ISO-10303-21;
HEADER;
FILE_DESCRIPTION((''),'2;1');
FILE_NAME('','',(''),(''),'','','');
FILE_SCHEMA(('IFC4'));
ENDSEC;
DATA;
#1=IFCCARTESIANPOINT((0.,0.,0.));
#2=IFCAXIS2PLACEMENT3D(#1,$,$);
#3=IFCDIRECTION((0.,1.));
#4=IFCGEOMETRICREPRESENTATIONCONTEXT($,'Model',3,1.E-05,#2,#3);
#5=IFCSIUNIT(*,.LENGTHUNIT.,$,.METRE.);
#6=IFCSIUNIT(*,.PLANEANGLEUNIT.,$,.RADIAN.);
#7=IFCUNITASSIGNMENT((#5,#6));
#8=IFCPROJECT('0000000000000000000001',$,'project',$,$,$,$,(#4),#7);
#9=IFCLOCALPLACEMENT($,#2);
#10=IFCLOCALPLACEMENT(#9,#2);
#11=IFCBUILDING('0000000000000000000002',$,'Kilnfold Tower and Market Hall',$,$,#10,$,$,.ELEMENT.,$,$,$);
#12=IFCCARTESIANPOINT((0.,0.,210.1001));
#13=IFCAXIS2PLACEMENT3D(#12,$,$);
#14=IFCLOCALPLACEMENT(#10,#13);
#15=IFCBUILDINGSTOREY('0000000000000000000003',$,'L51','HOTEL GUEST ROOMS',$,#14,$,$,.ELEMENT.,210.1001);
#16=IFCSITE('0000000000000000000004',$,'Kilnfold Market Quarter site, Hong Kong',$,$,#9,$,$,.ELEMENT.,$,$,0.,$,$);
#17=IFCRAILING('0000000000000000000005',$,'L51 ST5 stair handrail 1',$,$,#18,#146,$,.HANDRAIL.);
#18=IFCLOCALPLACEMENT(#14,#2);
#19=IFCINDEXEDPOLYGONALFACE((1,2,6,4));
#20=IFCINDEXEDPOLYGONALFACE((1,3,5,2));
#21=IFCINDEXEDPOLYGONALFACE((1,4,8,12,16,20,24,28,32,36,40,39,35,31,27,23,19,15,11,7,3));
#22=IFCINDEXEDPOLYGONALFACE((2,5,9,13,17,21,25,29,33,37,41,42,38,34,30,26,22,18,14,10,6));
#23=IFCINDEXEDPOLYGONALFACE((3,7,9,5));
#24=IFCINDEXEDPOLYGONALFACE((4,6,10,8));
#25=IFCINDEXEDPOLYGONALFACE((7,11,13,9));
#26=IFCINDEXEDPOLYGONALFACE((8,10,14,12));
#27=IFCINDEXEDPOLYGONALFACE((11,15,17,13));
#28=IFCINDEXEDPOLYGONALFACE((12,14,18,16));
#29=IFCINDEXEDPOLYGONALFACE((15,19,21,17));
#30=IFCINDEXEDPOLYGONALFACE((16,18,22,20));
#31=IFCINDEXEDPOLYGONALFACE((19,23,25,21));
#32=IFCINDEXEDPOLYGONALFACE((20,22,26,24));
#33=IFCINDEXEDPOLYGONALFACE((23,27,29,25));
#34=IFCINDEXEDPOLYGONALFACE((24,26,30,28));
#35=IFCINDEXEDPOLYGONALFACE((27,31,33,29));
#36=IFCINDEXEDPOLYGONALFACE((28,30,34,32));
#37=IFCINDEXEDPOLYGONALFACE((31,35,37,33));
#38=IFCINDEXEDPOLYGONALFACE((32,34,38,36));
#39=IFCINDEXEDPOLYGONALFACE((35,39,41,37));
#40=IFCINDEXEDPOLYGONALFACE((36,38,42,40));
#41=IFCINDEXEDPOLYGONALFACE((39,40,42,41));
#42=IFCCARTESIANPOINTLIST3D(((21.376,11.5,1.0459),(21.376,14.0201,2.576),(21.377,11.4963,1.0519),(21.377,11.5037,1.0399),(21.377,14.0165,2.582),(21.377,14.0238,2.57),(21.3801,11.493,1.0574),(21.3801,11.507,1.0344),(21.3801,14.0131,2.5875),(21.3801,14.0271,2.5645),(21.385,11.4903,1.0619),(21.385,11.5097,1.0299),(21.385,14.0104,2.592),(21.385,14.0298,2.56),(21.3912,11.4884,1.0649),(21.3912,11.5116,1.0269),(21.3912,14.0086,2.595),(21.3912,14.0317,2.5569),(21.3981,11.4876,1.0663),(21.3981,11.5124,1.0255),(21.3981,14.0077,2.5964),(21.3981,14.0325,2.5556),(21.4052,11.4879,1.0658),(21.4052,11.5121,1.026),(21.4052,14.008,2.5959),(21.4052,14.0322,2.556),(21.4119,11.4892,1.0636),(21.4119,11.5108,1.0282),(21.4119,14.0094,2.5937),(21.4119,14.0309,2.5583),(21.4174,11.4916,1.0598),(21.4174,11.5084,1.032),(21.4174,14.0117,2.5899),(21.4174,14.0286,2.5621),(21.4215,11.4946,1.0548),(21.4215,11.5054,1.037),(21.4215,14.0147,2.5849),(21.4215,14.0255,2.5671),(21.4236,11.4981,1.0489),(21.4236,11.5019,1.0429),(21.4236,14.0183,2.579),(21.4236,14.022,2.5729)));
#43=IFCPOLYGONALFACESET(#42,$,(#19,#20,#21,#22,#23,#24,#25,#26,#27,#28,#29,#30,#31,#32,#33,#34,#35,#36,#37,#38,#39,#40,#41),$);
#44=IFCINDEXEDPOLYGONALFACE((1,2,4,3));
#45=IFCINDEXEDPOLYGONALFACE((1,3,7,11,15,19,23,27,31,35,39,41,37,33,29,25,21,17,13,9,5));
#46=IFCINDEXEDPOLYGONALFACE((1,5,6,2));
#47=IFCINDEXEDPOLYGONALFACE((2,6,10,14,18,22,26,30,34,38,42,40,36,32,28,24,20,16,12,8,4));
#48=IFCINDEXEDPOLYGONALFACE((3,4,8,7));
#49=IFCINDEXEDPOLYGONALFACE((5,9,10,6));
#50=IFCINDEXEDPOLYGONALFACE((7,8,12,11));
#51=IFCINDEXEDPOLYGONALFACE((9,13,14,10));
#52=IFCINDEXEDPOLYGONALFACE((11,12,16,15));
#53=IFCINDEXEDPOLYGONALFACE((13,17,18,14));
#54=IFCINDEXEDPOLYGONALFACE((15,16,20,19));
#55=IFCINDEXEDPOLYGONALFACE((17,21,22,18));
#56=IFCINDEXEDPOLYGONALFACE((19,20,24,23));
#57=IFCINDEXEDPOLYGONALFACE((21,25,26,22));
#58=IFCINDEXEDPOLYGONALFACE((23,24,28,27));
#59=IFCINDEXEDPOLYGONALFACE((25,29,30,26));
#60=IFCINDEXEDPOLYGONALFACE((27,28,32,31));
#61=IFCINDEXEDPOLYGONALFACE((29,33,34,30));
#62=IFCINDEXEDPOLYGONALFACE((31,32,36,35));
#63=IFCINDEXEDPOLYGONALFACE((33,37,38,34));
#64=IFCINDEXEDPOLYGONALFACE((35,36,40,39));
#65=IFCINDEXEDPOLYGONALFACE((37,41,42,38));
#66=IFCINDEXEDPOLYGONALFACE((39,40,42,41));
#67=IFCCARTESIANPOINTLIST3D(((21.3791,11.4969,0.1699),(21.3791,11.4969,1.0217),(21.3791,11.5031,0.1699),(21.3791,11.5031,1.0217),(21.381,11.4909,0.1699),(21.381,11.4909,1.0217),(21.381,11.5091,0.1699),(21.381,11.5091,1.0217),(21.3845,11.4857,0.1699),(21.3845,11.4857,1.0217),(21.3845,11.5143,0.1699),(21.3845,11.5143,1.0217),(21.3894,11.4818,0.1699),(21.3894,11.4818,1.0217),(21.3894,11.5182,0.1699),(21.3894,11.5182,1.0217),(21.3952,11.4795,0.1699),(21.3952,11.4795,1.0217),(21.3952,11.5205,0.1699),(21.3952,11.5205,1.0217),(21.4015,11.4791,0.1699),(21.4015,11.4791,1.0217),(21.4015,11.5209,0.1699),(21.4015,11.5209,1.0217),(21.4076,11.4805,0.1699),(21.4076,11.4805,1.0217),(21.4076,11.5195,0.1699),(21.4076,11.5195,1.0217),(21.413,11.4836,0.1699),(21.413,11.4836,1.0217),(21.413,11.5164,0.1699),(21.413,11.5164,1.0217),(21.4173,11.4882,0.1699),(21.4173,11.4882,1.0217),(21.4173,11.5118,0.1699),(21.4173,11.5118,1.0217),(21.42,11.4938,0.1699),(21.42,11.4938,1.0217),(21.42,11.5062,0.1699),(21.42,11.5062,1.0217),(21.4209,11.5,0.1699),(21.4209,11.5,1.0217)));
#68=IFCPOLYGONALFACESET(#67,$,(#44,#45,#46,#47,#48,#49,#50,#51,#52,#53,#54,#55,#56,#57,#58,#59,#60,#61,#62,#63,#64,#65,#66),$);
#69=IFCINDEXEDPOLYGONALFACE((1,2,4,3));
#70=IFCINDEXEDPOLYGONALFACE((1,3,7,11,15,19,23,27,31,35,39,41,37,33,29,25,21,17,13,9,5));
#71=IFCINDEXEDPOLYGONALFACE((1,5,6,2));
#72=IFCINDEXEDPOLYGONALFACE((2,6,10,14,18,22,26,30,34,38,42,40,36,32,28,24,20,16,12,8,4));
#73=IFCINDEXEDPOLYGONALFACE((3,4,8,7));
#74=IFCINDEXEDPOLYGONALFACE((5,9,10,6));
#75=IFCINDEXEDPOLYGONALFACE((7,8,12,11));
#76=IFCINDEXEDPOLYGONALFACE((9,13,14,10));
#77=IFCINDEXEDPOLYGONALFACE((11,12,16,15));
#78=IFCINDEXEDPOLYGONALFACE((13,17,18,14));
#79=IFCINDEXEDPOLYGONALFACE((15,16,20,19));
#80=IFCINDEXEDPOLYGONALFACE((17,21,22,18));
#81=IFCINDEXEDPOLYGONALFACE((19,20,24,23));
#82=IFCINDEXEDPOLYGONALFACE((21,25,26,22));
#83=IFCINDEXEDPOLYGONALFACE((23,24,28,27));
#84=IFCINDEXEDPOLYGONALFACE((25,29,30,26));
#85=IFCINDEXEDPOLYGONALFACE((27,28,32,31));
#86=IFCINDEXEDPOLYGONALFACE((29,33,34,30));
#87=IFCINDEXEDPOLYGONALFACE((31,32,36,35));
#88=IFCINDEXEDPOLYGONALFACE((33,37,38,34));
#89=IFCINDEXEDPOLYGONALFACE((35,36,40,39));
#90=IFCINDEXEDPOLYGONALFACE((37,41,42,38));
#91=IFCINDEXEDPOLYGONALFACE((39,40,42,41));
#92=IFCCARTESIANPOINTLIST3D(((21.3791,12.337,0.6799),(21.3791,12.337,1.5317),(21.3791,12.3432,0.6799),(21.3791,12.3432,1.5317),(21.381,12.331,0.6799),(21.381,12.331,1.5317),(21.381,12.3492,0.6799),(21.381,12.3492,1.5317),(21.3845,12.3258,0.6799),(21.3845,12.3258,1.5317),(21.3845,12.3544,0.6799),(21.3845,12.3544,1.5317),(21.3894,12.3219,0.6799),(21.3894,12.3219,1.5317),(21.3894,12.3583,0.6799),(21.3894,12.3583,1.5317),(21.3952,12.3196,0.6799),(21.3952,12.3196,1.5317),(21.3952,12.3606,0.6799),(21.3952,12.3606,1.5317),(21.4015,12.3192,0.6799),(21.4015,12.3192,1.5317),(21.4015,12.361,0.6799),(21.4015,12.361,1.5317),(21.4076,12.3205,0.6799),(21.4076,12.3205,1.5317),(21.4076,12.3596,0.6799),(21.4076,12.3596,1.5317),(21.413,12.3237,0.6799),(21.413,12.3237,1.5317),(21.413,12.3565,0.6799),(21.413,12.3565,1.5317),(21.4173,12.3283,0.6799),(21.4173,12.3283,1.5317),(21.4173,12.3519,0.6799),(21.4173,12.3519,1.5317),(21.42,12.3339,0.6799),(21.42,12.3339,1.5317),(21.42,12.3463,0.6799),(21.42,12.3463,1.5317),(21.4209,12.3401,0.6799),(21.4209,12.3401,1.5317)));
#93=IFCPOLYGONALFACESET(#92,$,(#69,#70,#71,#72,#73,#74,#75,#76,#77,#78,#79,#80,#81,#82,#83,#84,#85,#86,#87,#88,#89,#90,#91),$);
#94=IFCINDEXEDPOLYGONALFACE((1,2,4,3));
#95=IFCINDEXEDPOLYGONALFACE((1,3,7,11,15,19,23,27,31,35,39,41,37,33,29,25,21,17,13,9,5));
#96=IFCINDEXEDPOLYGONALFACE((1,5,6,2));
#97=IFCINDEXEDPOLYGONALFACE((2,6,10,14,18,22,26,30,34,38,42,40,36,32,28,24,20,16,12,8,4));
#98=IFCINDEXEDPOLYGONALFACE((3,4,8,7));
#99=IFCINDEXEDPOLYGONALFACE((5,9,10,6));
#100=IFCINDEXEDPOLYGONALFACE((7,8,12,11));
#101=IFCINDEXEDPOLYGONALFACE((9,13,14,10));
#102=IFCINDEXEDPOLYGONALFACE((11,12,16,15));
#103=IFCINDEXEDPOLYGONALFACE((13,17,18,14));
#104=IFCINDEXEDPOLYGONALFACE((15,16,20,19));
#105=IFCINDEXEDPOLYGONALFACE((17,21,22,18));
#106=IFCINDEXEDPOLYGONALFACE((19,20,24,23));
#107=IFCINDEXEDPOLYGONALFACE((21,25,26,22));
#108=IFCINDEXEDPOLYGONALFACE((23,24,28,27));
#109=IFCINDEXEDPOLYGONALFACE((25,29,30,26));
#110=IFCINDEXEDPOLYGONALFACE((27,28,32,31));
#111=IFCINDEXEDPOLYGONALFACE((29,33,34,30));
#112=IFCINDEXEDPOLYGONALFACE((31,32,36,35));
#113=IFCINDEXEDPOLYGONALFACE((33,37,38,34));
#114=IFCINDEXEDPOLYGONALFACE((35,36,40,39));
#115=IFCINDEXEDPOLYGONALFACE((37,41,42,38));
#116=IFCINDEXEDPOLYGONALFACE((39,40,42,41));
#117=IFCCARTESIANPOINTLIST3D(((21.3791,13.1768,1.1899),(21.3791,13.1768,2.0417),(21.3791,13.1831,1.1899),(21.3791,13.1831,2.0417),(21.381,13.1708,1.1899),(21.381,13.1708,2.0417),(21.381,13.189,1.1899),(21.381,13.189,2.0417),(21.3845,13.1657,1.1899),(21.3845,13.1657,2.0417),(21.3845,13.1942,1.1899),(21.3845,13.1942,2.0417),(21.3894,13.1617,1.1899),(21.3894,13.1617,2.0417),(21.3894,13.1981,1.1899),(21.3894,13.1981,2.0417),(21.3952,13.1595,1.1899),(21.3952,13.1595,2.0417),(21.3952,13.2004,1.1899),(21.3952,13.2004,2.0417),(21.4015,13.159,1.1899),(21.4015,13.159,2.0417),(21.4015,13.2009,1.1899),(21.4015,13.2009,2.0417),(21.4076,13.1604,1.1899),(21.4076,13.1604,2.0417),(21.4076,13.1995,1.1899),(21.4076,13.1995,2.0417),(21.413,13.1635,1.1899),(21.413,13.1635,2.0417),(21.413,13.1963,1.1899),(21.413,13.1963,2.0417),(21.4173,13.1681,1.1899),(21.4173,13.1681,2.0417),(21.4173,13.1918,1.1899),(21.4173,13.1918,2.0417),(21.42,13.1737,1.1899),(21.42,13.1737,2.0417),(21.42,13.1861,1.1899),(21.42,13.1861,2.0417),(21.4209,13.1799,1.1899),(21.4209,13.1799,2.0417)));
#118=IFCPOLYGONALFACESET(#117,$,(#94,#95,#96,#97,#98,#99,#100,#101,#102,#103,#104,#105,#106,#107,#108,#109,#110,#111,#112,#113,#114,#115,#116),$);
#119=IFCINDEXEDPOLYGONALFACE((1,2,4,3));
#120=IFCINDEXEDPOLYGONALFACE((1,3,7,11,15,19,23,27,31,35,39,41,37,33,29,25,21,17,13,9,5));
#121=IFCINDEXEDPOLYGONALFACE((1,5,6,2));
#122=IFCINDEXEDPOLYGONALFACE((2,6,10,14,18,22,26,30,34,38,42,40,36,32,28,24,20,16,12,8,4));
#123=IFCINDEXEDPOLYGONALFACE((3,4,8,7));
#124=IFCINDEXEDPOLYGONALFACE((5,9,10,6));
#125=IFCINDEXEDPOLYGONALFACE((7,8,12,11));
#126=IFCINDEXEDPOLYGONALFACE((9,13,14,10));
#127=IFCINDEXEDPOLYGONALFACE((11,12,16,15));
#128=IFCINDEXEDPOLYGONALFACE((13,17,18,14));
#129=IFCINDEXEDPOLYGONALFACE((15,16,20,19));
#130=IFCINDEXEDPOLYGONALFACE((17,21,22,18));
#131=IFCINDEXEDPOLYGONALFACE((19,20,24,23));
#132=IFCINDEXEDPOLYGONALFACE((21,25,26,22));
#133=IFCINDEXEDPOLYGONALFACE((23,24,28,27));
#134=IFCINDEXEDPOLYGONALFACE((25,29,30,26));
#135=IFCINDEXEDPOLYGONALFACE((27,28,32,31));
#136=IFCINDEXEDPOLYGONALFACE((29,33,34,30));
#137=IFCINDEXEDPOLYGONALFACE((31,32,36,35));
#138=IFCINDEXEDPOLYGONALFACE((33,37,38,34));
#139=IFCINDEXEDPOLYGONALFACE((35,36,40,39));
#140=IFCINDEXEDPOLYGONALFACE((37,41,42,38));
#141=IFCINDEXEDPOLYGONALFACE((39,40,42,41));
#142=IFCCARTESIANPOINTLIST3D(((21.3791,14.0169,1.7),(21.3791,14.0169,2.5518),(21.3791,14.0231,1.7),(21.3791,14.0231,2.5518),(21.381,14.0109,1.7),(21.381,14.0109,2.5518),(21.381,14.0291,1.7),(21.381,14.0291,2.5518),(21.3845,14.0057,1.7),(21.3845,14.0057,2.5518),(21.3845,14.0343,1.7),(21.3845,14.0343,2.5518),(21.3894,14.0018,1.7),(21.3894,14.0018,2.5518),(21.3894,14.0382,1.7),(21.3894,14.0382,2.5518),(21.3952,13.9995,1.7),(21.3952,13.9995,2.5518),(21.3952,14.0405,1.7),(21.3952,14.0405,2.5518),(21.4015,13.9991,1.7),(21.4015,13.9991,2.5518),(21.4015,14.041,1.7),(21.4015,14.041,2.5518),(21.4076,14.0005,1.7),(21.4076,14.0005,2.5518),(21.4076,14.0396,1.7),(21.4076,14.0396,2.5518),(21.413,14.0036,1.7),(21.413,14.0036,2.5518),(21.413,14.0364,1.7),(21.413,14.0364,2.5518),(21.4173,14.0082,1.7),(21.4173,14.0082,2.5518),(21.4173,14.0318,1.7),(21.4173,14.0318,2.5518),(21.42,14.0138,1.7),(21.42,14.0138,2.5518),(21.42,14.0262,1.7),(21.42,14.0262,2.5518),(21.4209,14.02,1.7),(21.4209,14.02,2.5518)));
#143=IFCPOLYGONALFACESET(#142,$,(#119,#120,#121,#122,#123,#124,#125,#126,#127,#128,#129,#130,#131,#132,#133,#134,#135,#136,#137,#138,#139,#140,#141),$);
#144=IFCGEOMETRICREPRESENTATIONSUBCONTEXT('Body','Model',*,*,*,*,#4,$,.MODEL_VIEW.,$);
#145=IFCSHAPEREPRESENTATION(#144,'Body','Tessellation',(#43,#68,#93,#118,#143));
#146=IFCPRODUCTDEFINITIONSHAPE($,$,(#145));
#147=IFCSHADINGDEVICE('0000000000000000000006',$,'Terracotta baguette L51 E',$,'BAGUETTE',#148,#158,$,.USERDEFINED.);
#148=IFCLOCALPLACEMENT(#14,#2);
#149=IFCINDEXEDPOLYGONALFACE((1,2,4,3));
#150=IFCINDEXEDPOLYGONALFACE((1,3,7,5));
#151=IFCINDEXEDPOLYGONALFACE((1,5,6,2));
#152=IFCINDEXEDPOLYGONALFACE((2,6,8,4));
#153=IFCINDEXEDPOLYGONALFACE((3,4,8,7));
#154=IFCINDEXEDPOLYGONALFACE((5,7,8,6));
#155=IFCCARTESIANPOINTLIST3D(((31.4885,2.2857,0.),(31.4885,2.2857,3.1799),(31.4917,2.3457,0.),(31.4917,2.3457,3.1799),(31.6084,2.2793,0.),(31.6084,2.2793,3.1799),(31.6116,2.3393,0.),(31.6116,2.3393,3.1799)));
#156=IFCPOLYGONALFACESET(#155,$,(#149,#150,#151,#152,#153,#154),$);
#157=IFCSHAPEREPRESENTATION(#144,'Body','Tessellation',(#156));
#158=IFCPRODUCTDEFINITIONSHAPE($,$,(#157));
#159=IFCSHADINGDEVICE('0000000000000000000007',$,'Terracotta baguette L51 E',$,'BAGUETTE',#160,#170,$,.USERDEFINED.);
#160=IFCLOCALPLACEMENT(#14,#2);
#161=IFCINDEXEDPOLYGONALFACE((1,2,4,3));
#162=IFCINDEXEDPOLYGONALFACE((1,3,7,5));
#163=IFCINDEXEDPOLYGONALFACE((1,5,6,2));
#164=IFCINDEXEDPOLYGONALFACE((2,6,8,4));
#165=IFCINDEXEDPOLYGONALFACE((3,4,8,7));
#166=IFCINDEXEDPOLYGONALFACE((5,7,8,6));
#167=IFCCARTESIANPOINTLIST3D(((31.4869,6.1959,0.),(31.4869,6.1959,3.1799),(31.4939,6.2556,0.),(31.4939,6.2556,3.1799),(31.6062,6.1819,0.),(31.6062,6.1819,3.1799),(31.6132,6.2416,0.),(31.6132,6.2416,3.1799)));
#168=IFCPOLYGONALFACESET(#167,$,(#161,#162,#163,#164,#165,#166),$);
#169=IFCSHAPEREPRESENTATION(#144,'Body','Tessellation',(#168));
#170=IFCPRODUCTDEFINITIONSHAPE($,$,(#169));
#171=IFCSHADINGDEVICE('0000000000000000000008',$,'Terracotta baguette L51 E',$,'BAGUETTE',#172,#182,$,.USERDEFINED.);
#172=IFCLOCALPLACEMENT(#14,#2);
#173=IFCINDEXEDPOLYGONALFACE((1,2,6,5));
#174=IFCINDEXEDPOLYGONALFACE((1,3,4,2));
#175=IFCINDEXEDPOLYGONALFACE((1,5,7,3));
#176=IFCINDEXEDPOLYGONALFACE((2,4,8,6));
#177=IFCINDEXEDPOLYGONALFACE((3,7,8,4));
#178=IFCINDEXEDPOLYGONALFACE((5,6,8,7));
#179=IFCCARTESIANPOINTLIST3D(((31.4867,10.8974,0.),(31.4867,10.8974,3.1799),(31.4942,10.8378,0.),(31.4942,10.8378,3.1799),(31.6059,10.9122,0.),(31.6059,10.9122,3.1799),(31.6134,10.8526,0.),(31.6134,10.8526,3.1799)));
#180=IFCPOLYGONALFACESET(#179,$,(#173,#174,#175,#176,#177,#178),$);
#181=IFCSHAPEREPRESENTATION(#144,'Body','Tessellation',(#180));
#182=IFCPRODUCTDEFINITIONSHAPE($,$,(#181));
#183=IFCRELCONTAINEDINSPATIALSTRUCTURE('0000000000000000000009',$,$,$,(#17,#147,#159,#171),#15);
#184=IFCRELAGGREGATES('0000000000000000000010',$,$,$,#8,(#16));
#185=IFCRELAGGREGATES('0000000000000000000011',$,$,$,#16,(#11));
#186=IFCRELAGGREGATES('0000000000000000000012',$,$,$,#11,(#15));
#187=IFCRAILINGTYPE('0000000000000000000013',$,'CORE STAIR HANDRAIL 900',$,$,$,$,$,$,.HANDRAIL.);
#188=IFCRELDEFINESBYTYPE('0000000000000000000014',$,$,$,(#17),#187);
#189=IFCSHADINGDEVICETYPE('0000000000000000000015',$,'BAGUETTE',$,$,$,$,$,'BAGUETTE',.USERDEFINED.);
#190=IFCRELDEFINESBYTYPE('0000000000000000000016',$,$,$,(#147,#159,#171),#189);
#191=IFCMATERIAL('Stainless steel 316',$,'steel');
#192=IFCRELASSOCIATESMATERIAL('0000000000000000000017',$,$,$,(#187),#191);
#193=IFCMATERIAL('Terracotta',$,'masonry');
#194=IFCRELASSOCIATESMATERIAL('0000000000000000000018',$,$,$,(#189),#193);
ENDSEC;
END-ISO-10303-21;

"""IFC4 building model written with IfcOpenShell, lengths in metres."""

from ifc_helpers import new_model, si_unit, direction, frame, origin, origin_2d, place, context, subcontext, project, spatial, rectangle, circle, extrude, source, transform, mapped, material, material_profile, profile_set, type_object, element, save


model = new_model("IFC4")

# Units and contexts
model_context = context("Model", 3, precision=1e-05, world=origin(), true_north=direction((0.0, 1.0)))
body_context = subcontext(model_context, "Body", "Model", "MODEL_VIEW")
ifc_project = project(units=[si_unit("LENGTHUNIT", "METRE"), si_unit("PLANEANGLEUNIT", "RADIAN")], contexts=[model_context])

# Site, building, storey
site_placement = place(None, origin())
site = spatial("IfcSite", under=ifc_project, at=site_placement, Name="Kilnfold Market Quarter site, Hong Kong", CompositionType="ELEMENT", RefElevation=0.0)
building_placement = place(site_placement, origin())
building = spatial("IfcBuilding", under=site, at=building_placement, Name="Kilnfold Tower and Market Hall", CompositionType="ELEMENT")
storey_placement = place(building_placement, frame((0.0, 0.0, 210.1001)))
storey = spatial("IfcBuildingStorey", under=building, at=storey_placement, Name="L51", Description="HOTEL GUEST ROOMS", CompositionType="ELEMENT", Elevation=210.1001)

# Railing
ifc_material_1 = material(Name="Stainless steel 316", Category="steel")
railing_type_1 = type_object("IfcRailingType", Name="CORE STAIR HANDRAIL 900", PredefinedType="HANDRAIL", material=ifc_material_1)
railing_1_placement = place(storey_placement, frame((21.3999, 11.5, 0.1699)))
element("IfcRailing", 1, at=railing_1_placement, inside=storey, type_object=railing_type_1, Name="L51 ST5 stair handrail 1", PredefinedType="HANDRAIL", context=body_context, shape_type="SweptSolid", body=[
    extrude(circle(Radius=0.0239, at=origin_2d()), frame((0.0, 0.0, 0.876), z_axis=(0.0, 0.854785, 0.518982), x_axis=(-1.0, 0.0, 0.0)), (0.0, 0.0, 1.0), 2.9482),
    extrude(circle(Radius=0.021, at=origin_2d()), origin(), (0.0, 0.0, 1.0), 0.8518),
    extrude(circle(Radius=0.021, at=origin_2d()), frame((0.0, 0.8401, 0.51)), (0.0, 0.0, 1.0), 0.8518),
    extrude(circle(Radius=0.021, at=origin_2d()), frame((0.0, 1.6799, 1.02)), (0.0, 0.0, 1.0), 0.8518),
    extrude(circle(Radius=0.021, at=origin_2d()), frame((0.0, 2.52, 1.53)), (0.0, 0.0, 1.0), 0.8518),
])

# Shading devices
ifc_material_2 = material(Name="Terracotta", Category="masonry")
ifc_material_profile_1 = material_profile(ifc_material_2, rectangle(XDim=0.0601, YDim=0.1201, at=origin_2d()), Name="BAG 60x120")
ifc_profile_set_1 = profile_set([ifc_material_profile_1], Name="Terracotta")
shading_device_type = type_object("IfcShadingDeviceType", Name="BAGUETTE", ElementType="BAGUETTE", PredefinedType="USERDEFINED", material=ifc_profile_set_1)
shared_shape_1 = source(origin(), body_context, "Body", "SweptSolid", [
    extrude(rectangle(XDim=0.0601, YDim=0.1201, at=origin_2d()), origin(), (0.0, 0.0, 1.0), 3.1799),
])
for number, where, z_axis, x_axis, name in (
    (2, (31.55, 2.3125, 0.0), (0.0, 0.0, 1.0), (0.053594, 0.998563, 0.0), "Terracotta baguette L51 E"),
    (3, (31.55, 6.2188, 0.0), (0.0, 0.0, 1.0), (0.116792, 0.993156, 0.0), "Terracotta baguette L51 E"),
    (4, (31.55, 10.875, 0.0), (0.0, 0.0, 1.0), (-0.123825, 0.992304, 0.0), "Terracotta baguette L51 E"),
):
    element("IfcShadingDevice", number, at=place(storey_placement, frame(where, z_axis=z_axis, x_axis=x_axis)), inside=storey, type_object=shading_device_type, Name=name, ObjectType="BAGUETTE", PredefinedType="USERDEFINED", context=body_context, shape_type="MappedRepresentation", body=[
        mapped(shared_shape_1, transform((0.0, 0.0, 0.0))),
    ])

save(model, "model.ifc")
